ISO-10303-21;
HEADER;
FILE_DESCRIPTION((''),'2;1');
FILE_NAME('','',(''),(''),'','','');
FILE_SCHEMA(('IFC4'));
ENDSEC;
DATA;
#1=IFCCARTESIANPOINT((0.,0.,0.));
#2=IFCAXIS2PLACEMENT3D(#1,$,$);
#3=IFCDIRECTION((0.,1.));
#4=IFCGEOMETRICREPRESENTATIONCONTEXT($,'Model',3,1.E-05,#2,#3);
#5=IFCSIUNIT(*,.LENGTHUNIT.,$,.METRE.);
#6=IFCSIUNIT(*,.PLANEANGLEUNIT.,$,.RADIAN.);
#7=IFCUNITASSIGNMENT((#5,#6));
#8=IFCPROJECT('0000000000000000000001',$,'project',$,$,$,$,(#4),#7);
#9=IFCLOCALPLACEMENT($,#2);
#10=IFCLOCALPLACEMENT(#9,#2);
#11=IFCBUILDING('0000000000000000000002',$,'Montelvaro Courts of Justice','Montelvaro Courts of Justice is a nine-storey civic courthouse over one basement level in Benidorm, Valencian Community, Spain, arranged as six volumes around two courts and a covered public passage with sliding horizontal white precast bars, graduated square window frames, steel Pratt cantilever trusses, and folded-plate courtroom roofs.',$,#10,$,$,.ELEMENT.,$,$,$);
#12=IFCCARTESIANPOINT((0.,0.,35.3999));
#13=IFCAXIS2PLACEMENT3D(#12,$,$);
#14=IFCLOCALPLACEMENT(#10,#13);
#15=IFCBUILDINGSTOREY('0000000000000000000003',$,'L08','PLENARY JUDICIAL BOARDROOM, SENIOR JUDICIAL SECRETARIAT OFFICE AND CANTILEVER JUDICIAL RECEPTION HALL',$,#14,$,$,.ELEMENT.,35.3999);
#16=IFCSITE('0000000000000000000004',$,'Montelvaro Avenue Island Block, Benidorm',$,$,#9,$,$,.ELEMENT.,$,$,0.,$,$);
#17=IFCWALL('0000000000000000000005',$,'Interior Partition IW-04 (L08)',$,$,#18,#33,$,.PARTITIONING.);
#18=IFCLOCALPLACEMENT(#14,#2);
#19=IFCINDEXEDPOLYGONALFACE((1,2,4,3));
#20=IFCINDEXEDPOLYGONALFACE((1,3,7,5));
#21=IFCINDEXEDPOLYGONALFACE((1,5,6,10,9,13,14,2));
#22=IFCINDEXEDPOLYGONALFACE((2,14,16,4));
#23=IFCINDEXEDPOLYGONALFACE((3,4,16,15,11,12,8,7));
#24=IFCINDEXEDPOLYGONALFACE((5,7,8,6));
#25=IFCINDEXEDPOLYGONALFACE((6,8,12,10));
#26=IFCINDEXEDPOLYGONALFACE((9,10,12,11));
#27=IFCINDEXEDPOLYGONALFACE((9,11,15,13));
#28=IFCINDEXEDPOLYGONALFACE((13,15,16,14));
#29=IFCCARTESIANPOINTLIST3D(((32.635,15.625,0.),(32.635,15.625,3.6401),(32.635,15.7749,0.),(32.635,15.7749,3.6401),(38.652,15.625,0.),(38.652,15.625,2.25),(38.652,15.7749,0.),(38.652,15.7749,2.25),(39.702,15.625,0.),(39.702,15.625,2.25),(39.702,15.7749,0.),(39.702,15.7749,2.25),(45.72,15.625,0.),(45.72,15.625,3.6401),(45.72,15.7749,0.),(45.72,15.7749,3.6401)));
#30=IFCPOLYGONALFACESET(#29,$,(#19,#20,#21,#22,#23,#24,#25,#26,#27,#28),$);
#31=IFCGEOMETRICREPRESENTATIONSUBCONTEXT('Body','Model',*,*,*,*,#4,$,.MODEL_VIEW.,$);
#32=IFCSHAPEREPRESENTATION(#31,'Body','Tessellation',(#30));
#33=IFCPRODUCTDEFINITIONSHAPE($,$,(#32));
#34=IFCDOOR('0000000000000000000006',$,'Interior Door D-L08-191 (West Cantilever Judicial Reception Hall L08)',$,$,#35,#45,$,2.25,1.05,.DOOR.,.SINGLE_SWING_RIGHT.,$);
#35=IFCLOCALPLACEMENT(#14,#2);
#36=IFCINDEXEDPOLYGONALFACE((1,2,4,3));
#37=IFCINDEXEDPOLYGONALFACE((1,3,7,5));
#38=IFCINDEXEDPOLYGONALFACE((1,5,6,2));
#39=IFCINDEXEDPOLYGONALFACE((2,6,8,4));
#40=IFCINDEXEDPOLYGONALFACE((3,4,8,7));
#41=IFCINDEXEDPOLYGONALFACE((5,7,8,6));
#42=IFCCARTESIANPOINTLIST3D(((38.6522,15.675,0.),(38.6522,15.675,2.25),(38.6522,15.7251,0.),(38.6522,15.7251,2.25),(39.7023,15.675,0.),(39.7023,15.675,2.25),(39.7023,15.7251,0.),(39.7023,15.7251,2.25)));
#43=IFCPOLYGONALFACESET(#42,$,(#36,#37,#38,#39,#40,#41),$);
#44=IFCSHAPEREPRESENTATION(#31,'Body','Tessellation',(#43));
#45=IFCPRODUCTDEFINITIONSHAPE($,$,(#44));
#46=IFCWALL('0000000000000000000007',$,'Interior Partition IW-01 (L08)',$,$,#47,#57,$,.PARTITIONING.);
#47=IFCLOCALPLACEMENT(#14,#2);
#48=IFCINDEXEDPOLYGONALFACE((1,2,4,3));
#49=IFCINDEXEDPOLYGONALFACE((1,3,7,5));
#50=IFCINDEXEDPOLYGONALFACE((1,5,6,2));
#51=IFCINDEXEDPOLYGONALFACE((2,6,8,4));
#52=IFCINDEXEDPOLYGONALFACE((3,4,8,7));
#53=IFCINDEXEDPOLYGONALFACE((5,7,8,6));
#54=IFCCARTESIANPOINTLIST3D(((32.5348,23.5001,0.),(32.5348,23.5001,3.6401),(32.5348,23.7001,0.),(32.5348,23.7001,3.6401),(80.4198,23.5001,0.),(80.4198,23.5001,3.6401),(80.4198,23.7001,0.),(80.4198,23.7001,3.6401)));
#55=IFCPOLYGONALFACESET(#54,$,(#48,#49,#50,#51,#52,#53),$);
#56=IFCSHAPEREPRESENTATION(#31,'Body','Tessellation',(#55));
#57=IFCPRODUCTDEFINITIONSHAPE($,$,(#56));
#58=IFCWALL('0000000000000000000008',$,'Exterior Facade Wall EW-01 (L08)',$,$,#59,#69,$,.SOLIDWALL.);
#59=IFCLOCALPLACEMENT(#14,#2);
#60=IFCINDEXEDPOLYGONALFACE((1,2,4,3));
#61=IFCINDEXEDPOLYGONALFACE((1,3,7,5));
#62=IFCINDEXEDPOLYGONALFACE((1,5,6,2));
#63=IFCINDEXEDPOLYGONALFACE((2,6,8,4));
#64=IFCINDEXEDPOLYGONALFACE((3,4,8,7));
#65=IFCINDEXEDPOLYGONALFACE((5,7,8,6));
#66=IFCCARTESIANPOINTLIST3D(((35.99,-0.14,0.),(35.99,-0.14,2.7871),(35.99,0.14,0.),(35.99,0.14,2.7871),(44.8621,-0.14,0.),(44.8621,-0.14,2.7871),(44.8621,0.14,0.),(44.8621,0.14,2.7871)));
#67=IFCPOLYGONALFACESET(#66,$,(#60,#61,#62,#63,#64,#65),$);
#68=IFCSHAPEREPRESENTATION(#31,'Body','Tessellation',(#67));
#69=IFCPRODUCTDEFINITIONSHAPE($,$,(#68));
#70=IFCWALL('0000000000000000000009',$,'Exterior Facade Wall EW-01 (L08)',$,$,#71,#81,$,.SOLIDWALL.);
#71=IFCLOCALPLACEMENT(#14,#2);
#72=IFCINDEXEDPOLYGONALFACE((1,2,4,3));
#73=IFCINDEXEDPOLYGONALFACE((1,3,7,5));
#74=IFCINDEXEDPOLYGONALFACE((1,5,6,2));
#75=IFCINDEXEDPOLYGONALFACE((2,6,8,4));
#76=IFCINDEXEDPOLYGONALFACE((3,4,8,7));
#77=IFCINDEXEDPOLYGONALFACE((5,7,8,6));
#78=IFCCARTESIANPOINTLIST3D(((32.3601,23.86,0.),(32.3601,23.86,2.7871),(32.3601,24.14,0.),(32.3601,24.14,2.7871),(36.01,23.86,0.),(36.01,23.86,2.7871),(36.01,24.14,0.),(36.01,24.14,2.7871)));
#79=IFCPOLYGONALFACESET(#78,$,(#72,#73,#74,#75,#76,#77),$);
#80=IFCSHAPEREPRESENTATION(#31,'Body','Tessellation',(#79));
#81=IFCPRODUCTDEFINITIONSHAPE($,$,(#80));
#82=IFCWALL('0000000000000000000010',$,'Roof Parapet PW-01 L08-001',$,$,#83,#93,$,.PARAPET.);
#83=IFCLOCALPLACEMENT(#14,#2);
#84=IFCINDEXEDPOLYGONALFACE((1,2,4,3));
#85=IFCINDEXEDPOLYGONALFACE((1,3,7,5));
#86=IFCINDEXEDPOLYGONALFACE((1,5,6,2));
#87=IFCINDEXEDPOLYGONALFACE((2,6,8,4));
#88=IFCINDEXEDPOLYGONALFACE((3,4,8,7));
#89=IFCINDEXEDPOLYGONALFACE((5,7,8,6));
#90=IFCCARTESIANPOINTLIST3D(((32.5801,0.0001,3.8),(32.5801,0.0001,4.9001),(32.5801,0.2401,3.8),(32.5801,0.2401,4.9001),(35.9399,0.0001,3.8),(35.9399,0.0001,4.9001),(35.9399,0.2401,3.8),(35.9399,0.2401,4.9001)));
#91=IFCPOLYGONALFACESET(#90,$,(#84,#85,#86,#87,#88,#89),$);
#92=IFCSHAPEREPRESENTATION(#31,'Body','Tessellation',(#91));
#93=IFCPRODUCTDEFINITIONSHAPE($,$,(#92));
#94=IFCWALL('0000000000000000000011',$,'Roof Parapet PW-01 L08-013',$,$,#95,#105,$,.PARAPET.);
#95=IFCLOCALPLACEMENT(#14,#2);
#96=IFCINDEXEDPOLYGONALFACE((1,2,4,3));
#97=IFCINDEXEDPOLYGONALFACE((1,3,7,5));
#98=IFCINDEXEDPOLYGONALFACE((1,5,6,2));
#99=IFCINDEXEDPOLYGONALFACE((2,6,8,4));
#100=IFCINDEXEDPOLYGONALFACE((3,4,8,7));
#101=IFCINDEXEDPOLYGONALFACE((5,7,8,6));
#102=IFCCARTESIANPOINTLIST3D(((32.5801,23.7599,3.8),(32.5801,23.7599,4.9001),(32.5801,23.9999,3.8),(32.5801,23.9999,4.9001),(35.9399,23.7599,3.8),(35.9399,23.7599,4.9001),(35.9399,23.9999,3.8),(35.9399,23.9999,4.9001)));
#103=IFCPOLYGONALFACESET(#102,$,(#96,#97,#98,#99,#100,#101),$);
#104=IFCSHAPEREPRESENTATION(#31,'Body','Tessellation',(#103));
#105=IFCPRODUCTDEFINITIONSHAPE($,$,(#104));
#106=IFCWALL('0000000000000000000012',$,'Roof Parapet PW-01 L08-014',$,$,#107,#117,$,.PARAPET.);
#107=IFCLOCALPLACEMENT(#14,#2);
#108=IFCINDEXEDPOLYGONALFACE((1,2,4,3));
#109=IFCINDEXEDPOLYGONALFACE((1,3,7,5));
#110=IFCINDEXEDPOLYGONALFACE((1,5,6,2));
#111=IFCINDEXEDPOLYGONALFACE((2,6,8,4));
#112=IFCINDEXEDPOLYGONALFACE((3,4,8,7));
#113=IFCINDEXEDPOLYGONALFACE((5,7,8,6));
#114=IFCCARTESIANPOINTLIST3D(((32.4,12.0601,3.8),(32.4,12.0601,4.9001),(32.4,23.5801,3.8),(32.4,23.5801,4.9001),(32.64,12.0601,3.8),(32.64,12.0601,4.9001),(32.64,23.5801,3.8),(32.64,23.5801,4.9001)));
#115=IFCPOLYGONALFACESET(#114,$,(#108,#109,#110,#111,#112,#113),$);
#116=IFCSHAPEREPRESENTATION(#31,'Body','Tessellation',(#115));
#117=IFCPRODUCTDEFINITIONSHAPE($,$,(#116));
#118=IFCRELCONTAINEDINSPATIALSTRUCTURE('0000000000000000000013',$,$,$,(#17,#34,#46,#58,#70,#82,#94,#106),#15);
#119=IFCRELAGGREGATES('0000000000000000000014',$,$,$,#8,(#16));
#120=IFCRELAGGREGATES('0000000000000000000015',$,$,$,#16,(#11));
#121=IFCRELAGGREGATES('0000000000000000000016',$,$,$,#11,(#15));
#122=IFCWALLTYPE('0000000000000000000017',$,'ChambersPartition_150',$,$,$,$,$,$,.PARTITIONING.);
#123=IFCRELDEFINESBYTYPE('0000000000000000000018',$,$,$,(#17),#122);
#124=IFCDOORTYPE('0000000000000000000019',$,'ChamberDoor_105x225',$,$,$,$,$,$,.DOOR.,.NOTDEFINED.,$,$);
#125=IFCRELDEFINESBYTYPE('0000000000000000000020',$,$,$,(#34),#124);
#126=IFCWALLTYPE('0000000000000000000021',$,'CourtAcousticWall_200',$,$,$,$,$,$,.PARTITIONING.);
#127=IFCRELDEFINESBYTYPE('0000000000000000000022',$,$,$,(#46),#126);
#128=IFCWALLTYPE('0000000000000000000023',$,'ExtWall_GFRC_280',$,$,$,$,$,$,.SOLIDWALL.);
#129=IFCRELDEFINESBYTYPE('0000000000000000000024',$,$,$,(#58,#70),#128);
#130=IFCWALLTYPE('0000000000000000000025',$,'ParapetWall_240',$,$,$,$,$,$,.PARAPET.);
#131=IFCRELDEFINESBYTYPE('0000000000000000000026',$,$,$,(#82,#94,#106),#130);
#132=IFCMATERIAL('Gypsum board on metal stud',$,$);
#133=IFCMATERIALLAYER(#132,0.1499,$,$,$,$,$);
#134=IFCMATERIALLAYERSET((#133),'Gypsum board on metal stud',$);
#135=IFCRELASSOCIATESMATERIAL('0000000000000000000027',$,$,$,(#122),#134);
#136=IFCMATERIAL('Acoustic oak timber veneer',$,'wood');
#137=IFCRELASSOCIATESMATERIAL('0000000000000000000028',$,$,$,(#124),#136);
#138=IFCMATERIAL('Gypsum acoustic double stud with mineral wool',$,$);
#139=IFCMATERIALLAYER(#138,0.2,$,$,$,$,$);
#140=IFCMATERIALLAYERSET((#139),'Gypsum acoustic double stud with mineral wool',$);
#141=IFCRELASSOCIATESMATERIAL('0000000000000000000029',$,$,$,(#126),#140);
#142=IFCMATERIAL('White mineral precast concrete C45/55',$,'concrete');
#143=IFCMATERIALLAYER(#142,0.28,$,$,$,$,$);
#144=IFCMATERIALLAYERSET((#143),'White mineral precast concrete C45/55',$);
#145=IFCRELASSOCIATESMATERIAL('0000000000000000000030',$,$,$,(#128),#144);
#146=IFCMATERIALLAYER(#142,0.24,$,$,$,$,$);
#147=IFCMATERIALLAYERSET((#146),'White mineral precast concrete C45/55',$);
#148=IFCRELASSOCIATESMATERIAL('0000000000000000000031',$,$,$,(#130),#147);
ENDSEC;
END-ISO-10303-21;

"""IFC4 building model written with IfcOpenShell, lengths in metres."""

from ifc_helpers import new_model, si_unit, direction, frame, frame_2d, origin, place, context, subcontext, project, spatial, rectangle, extrude, material, layer, layer_set, type_object, element, fill, save


model = new_model("IFC4")

# Units and contexts
model_context = context("Model", 3, precision=1e-05, world=origin(), true_north=direction((0.0, 1.0)))
body_context = subcontext(model_context, "Body", "Model", "MODEL_VIEW")
ifc_project = project(units=[si_unit("LENGTHUNIT", "METRE"), si_unit("PLANEANGLEUNIT", "RADIAN")], contexts=[model_context])

# Site, building, storey
site_placement = place(None, origin())
site = spatial("IfcSite", under=ifc_project, at=site_placement, Name="Montelvaro Avenue Island Block, Benidorm", CompositionType="ELEMENT", RefElevation=0.0)
building_placement = place(site_placement, origin())
building = spatial("IfcBuilding", under=site, at=building_placement, Name="Montelvaro Courts of Justice", Description="Montelvaro Courts of Justice is a nine-storey civic courthouse over one basement level in Benidorm, Valencian Community, Spain, arranged as six volumes around two courts and a covered public passage with sliding horizontal white precast bars, graduated square window frames, steel Pratt cantilever trusses, and folded-plate courtroom roofs.", CompositionType="ELEMENT")
storey_placement = place(building_placement, frame((0.0, 0.0, 35.3999)))
storey = spatial("IfcBuildingStorey", under=building, at=storey_placement, Name="L08", Description="PLENARY JUDICIAL BOARDROOM, SENIOR JUDICIAL SECRETARIAT OFFICE AND CANTILEVER JUDICIAL RECEPTION HALL", CompositionType="ELEMENT", Elevation=35.3999)

# Shared definitions
ifc_material_1 = material(Name="Gypsum board on metal stud")
ifc_layer_1 = layer(ifc_material_1, 0.1499)
ifc_layer_set_1 = layer_set([ifc_layer_1], Name="Gypsum board on metal stud")
wall_type_1 = type_object("IfcWallType", Name="ChambersPartition_150", PredefinedType="PARTITIONING", material=ifc_layer_set_1)

# Wall, opening, door
wall_1_placement = place(storey_placement, frame((32.635, 15.7, 0.0), z_axis=(0.0, 0.0, 1.0), x_axis=(1.0, 0.0, 0.0)))
wall_1 = element("IfcWall", 1, at=wall_1_placement, inside=storey, type_object=wall_type_1, Name="Interior Partition IW-04 (L08)", PredefinedType="PARTITIONING", context=body_context, shape_type="SweptSolid", body=[
    extrude(rectangle(XDim=13.085, YDim=0.1499, at=frame_2d((6.5425, 0.0))), origin(), (0.0, 0.0, 1.0), 3.6401),
])
opening_placement = place(wall_1_placement, frame((6.0171, 0.0, 0.0)))
opening = element("IfcOpeningElement", 2, at=opening_placement, cuts=wall_1, PredefinedType="OPENING", context=body_context, shape_type="SweptSolid", body=[
    extrude(rectangle(XDim=1.05, YDim=2.25, at=frame_2d((0.5249, 1.125))), frame((0.0, 0.0898, 0.0), z_axis=(0.0, -1.0, 0.0), x_axis=(1.0, 0.0, 0.0)), (0.0, 0.0, 1.0), 0.1797),
])
ifc_material_2 = material(Name="Acoustic oak timber veneer", Category="wood")
door_type = type_object("IfcDoorType", Name="ChamberDoor_105x225", OperationType="NOTDEFINED", PredefinedType="DOOR", material=ifc_material_2)
door_placement = place(opening_placement, frame((1.05, 0.0, 0.0), z_axis=(0.0, 0.0, 1.0), x_axis=(-1.0, 0.0, 0.0)))
door = element("IfcDoor", 3, at=door_placement, inside=storey, type_object=door_type, Name="Interior Door D-L08-191 (West Cantilever Judicial Reception Hall L08)", OperationType="SINGLE_SWING_RIGHT", OverallHeight=2.25, OverallWidth=1.05, PredefinedType="DOOR", context=body_context, shape_type="SweptSolid", body=[
    extrude(rectangle(XDim=1.05, YDim=2.25, at=frame_2d((0.5249, 1.125))), frame((0.0, 0.0249, 0.0), z_axis=(0.0, -1.0, 0.0), x_axis=(1.0, 0.0, 0.0)), (0.0, 0.0, 1.0), 0.05),
])
fill(opening, door)

# Walls
ifc_material_3 = material(Name="Gypsum acoustic double stud with mineral wool")
ifc_layer_2 = layer(ifc_material_3, 0.2)
ifc_layer_set_2 = layer_set([ifc_layer_2], Name="Gypsum acoustic double stud with mineral wool")
wall_type_2 = type_object("IfcWallType", Name="CourtAcousticWall_200", PredefinedType="PARTITIONING", material=ifc_layer_set_2)
wall_2_placement = place(storey_placement, frame((32.5349, 23.6001, 0.0), z_axis=(0.0, 0.0, 1.0), x_axis=(1.0, 0.0, 0.0)))
element("IfcWall", 4, at=wall_2_placement, inside=storey, type_object=wall_type_2, Name="Interior Partition IW-01 (L08)", PredefinedType="PARTITIONING", context=body_context, shape_type="SweptSolid", body=[
    extrude(rectangle(XDim=47.885, YDim=0.2, at=frame_2d((23.9424, 0.0))), origin(), (0.0, 0.0, 1.0), 3.6401),
])
ifc_material_4 = material(Name="White mineral precast concrete C45/55", Category="concrete")
ifc_layer_3 = layer(ifc_material_4, 0.28)
ifc_layer_set_3 = layer_set([ifc_layer_3], Name="White mineral precast concrete C45/55")
wall_type_3 = type_object("IfcWallType", Name="ExtWall_GFRC_280", PredefinedType="SOLIDWALL", material=ifc_layer_set_3)
wall_3_placement = place(storey_placement, frame((35.99, 0.0, 0.0), z_axis=(0.0, 0.0, 1.0), x_axis=(1.0, 0.0, 0.0)))
element("IfcWall", 5, at=wall_3_placement, inside=storey, type_object=wall_type_3, Name="Exterior Facade Wall EW-01 (L08)", PredefinedType="SOLIDWALL", context=body_context, shape_type="SweptSolid", body=[
    extrude(rectangle(XDim=8.8721, YDim=0.28, at=frame_2d((4.436, 0.0))), origin(), (0.0, 0.0, 1.0), 2.7871),
])
wall_4_placement = place(storey_placement, frame((36.01, 24.0, 0.0), z_axis=(0.0, 0.0, 1.0), x_axis=(-1.0, 0.0, 0.0)))
element("IfcWall", 6, at=wall_4_placement, inside=storey, type_object=wall_type_3, Name="Exterior Facade Wall EW-01 (L08)", PredefinedType="SOLIDWALL", context=body_context, shape_type="SweptSolid", body=[
    extrude(rectangle(XDim=3.6499, YDim=0.28, at=frame_2d((1.825, 0.0))), origin(), (0.0, 0.0, 1.0), 2.7871),
])
ifc_layer_4 = layer(ifc_material_4, 0.24)
ifc_layer_set_4 = layer_set([ifc_layer_4], Name="White mineral precast concrete C45/55")
wall_type_4 = type_object("IfcWallType", Name="ParapetWall_240", PredefinedType="PARAPET", material=ifc_layer_set_4)
for number, where, z_axis, x_axis, name in (
    (7, (32.5801, 0.1201, 3.8), (0.0, 0.0, 1.0), (1.0, 0.0, 0.0), "Roof Parapet PW-01 L08-001"),
    (8, (35.9399, 23.8799, 3.8), (0.0, 0.0, 1.0), (-1.0, 0.0, 0.0), "Roof Parapet PW-01 L08-013"),
):
    element("IfcWall", number, at=place(storey_placement, frame(where, z_axis=z_axis, x_axis=x_axis)), inside=storey, type_object=wall_type_4, Name=name, PredefinedType="PARAPET", context=body_context, shape_type="SweptSolid", body=[
        extrude(rectangle(XDim=3.3599, YDim=0.24, at=frame_2d((1.6799, 0.0))), origin(), (0.0, 0.0, 1.0), 1.1001),
    ])
wall_5_placement = place(storey_placement, frame((32.52, 23.5801, 3.8), z_axis=(0.0, 0.0, 1.0), x_axis=(0.0, -1.0, 0.0)))
element("IfcWall", 9, at=wall_5_placement, inside=storey, type_object=wall_type_4, Name="Roof Parapet PW-01 L08-014", PredefinedType="PARAPET", context=body_context, shape_type="SweptSolid", body=[
    extrude(rectangle(XDim=11.52, YDim=0.24, at=frame_2d((5.76, 0.0))), origin(), (0.0, 0.0, 1.0), 1.1001),
])

save(model, "model.ifc")
